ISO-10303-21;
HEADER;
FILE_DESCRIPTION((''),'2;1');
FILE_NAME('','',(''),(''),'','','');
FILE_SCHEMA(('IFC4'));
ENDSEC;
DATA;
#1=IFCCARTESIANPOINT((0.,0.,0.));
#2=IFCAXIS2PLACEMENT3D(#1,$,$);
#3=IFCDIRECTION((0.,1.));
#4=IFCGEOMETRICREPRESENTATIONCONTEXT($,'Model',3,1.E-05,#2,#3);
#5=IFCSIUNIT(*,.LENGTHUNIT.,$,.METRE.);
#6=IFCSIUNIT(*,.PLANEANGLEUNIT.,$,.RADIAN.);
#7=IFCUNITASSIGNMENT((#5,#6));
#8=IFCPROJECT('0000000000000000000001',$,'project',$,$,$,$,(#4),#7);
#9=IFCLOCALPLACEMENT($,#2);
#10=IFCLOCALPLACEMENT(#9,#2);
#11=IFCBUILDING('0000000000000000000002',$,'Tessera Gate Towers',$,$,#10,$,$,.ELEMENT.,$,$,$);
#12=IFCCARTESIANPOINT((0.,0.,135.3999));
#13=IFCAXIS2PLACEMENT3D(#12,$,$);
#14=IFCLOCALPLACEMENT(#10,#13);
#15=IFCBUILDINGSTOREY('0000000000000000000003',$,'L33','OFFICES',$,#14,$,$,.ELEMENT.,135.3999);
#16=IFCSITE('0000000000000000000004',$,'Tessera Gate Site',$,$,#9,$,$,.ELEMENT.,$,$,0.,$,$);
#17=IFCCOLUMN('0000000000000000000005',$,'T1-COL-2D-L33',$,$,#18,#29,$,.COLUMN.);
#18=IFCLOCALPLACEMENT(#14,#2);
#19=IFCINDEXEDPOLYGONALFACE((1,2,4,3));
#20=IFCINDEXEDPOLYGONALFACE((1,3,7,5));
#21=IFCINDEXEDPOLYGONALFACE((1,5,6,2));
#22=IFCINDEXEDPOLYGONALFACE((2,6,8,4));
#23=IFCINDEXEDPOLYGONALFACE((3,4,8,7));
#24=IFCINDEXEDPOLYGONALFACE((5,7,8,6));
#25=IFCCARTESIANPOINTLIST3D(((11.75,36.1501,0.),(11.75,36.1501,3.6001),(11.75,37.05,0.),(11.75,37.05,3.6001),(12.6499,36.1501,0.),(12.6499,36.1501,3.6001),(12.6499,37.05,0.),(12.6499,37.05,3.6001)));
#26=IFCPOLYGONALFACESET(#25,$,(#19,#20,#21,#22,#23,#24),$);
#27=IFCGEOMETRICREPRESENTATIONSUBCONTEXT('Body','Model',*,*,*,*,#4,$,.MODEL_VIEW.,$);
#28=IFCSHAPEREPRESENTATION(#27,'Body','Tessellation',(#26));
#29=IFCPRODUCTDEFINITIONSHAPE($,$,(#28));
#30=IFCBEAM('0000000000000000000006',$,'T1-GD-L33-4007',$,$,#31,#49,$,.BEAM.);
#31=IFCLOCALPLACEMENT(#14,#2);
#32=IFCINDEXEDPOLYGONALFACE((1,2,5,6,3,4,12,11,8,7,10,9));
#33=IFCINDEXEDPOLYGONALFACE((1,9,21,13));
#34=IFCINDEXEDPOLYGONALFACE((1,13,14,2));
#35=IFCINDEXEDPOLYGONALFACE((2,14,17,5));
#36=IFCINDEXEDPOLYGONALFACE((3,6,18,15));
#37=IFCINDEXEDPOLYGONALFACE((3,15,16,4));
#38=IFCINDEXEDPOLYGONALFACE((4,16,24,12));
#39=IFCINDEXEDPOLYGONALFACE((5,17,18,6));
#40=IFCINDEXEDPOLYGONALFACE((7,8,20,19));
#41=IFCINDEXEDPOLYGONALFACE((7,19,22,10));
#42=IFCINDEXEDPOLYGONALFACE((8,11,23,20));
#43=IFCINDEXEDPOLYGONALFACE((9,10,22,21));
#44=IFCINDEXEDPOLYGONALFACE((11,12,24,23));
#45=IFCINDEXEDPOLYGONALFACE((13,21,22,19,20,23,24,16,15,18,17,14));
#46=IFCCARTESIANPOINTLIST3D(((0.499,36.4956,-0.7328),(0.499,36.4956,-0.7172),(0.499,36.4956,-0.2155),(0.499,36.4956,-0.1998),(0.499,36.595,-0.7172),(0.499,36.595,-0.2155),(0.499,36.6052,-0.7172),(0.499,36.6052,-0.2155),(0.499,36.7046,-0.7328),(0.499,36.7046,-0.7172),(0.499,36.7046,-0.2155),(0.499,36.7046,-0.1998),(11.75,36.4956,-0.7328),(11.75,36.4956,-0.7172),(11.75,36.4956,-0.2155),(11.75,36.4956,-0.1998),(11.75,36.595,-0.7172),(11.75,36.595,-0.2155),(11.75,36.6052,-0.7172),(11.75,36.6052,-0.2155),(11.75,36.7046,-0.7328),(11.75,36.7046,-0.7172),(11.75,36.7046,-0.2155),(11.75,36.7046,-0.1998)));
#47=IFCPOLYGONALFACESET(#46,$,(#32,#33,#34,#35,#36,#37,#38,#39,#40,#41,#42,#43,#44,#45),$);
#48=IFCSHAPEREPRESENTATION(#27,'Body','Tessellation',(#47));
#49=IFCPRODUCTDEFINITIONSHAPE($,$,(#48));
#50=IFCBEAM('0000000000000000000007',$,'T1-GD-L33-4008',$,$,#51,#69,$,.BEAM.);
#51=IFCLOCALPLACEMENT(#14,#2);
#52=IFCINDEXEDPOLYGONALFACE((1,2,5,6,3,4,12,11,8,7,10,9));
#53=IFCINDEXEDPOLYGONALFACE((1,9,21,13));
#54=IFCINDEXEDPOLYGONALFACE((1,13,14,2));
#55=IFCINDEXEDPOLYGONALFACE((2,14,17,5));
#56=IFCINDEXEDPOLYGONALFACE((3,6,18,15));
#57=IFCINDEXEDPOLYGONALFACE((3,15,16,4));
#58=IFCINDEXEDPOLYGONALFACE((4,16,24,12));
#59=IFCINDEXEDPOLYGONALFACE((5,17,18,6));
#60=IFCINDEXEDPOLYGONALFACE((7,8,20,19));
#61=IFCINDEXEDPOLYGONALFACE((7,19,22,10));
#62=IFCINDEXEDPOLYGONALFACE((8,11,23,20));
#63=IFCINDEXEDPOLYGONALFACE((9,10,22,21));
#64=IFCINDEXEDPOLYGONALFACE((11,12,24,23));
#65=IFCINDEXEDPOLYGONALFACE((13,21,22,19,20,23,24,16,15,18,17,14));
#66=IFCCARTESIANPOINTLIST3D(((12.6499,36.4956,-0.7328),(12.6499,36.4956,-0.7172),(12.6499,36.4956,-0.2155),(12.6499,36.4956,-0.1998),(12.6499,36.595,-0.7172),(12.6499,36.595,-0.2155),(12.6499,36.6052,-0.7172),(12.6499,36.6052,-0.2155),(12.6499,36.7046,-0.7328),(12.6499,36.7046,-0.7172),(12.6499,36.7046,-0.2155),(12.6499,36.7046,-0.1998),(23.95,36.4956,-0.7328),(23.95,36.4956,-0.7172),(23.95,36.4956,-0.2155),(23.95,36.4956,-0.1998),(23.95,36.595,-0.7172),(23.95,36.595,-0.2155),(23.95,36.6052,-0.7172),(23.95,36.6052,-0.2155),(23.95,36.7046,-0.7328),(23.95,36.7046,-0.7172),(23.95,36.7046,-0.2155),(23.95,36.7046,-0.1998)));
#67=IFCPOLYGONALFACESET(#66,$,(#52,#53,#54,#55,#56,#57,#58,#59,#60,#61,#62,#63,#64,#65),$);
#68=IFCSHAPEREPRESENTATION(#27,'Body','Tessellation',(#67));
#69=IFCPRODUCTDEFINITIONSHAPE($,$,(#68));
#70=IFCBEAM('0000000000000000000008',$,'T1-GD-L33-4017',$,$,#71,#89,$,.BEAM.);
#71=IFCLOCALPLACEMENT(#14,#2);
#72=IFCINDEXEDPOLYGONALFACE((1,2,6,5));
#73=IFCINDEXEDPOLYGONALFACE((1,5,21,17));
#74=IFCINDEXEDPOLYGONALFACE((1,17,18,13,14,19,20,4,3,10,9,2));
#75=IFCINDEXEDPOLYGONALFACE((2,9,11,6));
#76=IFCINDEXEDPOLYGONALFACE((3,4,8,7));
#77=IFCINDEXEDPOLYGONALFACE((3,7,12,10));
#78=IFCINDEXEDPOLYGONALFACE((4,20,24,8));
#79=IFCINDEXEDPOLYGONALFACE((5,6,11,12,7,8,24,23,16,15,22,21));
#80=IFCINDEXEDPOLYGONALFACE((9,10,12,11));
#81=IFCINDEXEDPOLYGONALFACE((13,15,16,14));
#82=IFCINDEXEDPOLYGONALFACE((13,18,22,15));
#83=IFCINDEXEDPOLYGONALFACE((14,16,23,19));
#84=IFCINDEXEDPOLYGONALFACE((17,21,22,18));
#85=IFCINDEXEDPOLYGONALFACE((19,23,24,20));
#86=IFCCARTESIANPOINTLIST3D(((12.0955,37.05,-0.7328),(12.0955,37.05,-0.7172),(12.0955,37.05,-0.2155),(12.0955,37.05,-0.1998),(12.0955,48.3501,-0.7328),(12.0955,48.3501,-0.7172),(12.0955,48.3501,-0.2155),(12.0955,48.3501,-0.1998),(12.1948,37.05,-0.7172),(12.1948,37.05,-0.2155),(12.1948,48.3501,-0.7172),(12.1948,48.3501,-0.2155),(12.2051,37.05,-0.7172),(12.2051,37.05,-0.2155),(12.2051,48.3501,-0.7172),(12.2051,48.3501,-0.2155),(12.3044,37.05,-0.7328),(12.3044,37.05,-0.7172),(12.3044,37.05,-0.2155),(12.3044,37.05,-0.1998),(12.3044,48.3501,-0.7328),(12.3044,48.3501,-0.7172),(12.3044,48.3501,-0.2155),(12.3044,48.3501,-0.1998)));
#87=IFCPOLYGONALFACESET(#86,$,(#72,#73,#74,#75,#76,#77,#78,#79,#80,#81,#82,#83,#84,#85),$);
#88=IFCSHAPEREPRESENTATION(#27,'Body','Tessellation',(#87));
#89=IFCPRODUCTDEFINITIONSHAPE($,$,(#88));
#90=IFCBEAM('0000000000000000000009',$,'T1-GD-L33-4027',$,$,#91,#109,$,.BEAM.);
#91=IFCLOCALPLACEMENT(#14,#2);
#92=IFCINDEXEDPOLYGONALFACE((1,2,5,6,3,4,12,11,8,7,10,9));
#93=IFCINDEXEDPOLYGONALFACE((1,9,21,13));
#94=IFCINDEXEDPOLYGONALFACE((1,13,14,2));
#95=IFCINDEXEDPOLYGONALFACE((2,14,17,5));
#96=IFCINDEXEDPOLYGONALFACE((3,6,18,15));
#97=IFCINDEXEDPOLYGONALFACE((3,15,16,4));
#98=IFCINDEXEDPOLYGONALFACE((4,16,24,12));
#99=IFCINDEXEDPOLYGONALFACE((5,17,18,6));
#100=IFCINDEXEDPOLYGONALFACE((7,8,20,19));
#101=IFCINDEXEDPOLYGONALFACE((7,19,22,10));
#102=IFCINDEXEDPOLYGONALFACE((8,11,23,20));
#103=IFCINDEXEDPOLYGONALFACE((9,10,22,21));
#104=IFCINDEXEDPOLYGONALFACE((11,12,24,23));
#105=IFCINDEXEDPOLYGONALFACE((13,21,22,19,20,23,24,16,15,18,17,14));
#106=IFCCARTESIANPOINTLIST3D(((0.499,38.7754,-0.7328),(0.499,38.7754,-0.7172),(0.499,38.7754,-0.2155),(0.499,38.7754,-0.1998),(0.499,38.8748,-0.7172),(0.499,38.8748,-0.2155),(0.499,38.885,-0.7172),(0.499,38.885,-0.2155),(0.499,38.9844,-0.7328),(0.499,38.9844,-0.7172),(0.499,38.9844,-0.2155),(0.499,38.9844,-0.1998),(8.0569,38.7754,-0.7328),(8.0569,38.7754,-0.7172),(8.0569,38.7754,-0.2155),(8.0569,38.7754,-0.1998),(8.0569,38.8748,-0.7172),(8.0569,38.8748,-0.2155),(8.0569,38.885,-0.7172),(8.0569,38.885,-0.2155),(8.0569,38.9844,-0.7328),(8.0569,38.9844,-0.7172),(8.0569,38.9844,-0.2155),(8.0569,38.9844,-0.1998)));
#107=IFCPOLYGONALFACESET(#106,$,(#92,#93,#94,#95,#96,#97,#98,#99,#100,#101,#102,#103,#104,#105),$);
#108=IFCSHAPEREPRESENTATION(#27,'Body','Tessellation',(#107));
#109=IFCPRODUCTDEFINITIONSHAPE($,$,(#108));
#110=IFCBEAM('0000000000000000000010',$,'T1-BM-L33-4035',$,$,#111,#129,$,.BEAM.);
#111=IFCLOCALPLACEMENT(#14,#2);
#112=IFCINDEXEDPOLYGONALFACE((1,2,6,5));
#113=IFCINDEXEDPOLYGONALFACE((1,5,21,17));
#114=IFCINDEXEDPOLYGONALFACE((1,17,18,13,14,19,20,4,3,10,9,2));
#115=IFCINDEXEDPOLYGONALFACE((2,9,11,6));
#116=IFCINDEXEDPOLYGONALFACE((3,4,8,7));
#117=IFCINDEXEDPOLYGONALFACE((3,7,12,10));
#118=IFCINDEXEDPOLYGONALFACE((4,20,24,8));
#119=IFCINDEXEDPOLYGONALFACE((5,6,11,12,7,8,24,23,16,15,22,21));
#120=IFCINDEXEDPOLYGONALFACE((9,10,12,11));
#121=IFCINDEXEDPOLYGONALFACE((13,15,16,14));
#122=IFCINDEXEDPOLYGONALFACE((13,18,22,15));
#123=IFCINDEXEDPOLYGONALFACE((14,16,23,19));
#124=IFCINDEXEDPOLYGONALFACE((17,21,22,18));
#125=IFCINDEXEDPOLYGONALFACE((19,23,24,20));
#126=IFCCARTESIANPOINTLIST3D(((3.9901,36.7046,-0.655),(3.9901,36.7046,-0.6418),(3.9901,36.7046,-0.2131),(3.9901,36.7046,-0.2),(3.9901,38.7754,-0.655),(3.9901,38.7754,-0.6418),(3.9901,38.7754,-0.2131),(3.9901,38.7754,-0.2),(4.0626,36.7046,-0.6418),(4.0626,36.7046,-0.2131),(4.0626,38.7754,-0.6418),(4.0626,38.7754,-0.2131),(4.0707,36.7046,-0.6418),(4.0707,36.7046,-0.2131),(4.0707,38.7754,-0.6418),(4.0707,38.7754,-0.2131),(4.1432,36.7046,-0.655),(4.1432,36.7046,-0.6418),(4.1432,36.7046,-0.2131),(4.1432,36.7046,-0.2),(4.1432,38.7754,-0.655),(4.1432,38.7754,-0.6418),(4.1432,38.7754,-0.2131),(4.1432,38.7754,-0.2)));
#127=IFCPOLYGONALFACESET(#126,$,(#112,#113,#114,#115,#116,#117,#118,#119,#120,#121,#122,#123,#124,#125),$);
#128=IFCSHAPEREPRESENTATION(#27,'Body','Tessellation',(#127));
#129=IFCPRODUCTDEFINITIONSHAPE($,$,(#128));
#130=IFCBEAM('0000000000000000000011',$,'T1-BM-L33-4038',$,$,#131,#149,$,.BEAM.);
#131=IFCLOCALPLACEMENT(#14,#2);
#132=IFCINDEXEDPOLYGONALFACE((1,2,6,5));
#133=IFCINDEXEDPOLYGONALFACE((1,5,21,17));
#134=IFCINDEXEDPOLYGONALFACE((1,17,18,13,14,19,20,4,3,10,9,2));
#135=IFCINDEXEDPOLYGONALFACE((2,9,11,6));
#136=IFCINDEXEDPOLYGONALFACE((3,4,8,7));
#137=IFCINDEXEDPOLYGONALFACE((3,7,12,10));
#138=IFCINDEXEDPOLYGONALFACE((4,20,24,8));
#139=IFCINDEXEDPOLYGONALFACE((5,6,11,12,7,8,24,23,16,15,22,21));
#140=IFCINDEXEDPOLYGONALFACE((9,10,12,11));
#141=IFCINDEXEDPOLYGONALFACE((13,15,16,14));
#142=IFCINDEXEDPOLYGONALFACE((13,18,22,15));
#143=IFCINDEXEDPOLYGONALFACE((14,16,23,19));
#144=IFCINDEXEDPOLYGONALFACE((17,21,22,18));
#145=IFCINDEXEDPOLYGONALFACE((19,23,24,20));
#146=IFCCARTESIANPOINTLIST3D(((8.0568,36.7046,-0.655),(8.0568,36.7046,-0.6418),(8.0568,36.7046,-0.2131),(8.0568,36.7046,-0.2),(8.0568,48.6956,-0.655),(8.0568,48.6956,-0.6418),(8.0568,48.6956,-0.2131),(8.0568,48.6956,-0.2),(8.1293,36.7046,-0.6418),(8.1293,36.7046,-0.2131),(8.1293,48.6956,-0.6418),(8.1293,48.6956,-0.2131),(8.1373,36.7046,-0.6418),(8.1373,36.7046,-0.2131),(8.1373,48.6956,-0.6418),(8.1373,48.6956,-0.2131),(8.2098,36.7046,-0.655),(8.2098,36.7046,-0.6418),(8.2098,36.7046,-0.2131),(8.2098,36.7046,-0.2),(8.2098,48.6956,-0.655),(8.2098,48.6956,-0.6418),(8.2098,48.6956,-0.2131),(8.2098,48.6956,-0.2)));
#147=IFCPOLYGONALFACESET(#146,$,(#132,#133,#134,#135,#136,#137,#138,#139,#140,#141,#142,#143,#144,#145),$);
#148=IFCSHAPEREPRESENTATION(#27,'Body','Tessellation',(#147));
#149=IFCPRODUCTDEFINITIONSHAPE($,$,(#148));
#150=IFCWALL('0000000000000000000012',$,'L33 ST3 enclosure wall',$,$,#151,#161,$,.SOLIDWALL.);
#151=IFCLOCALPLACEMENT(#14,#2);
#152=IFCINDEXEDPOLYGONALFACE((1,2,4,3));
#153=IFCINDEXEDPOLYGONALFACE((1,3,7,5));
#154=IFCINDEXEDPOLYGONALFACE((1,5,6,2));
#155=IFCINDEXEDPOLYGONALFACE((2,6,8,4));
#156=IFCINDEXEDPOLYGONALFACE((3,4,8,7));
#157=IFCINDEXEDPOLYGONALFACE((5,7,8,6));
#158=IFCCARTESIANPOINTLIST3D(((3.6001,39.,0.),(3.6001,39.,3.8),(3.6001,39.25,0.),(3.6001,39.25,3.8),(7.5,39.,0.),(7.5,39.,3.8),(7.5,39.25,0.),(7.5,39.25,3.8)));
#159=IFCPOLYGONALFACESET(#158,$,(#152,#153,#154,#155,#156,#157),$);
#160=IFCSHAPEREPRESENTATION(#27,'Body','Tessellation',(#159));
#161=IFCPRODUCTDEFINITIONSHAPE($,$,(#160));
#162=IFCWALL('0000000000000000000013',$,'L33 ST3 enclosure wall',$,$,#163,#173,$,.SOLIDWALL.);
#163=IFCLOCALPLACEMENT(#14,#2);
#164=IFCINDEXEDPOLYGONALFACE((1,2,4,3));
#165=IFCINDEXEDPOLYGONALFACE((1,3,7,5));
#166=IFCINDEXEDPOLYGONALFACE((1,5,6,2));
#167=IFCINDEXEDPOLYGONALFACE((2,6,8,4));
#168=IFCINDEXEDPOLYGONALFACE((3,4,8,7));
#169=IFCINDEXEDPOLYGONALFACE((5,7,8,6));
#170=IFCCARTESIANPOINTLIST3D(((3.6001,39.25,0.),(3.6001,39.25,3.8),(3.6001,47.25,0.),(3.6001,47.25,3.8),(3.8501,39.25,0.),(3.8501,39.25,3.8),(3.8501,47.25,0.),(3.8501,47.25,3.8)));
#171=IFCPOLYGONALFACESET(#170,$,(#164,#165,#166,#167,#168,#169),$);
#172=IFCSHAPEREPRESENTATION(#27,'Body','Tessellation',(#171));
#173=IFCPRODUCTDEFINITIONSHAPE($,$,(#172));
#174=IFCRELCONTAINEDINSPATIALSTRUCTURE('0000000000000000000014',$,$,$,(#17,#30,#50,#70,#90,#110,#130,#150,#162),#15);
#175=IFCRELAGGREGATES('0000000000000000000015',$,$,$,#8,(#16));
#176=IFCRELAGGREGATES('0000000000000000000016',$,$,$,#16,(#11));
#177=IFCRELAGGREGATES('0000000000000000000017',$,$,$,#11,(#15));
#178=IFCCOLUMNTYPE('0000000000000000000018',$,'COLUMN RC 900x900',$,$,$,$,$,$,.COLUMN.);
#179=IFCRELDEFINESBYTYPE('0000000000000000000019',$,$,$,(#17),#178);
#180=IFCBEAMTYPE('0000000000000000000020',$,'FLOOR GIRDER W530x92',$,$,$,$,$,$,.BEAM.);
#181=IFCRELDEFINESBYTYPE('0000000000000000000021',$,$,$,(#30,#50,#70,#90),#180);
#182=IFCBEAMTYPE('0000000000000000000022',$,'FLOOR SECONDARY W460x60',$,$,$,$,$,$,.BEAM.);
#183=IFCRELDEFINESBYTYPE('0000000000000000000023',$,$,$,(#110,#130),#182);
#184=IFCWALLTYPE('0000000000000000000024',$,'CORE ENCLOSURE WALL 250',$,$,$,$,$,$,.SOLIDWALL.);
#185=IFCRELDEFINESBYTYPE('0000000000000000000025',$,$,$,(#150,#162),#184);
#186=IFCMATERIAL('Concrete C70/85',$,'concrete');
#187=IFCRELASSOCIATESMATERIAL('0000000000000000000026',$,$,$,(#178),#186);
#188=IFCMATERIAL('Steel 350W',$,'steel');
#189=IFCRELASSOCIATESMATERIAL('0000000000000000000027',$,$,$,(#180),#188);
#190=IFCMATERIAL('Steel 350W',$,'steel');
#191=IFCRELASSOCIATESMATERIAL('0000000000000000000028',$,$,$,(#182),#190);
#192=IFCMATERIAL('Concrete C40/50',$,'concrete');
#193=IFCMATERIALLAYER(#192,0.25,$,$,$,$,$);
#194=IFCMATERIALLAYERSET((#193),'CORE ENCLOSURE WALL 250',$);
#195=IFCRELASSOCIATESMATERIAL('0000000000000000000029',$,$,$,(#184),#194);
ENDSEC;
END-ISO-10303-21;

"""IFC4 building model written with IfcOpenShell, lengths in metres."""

from ifc_helpers import new_model, si_unit, direction, frame, frame_2d, origin, origin_2d, place, context, subcontext, project, spatial, rectangle, i_section, extrude, material, layer, layer_set, material_profile, profile_set, type_object, element, save


model = new_model("IFC4")

# Units and contexts
model_context = context("Model", 3, precision=1e-05, world=origin(), true_north=direction((0.0, 1.0)))
body_context = subcontext(model_context, "Body", "Model", "MODEL_VIEW")
ifc_project = project(units=[si_unit("LENGTHUNIT", "METRE"), si_unit("PLANEANGLEUNIT", "RADIAN")], contexts=[model_context])

# Site, building, storey
site_placement = place(None, origin())
site = spatial("IfcSite", under=ifc_project, at=site_placement, Name="Tessera Gate Site", CompositionType="ELEMENT", RefElevation=0.0)
building_placement = place(site_placement, origin())
building = spatial("IfcBuilding", under=site, at=building_placement, Name="Tessera Gate Towers", CompositionType="ELEMENT")
storey_placement = place(building_placement, frame((0.0, 0.0, 135.3999)))
storey = spatial("IfcBuildingStorey", under=building, at=storey_placement, Name="L33", Description="OFFICES", CompositionType="ELEMENT", Elevation=135.3999)

# Column
ifc_material_1 = material(Name="Concrete C70/85", Category="concrete")
ifc_material_profile_1 = material_profile(ifc_material_1, rectangle(XDim=0.8999, YDim=0.8999, at=origin_2d()), Name="RC 900x900")
ifc_profile_set_1 = profile_set([ifc_material_profile_1], Name="Concrete C70/85")
column_type = type_object("IfcColumnType", Name="COLUMN RC 900x900", PredefinedType="COLUMN", material=ifc_profile_set_1)
column_placement = place(storey_placement, frame((12.2, 36.6001, 0.0), z_axis=(0.0, 0.0, 1.0), x_axis=(1.0, 0.0, 0.0)))
element("IfcColumn", 1, at=column_placement, inside=storey, type_object=column_type, Name="T1-COL-2D-L33", PredefinedType="COLUMN", context=body_context, shape_type="SweptSolid", body=[
    extrude(rectangle(XDim=0.8999, YDim=0.8999, at=origin_2d()), origin(), (0.0, 0.0, 1.0), 3.6001),
])

# Beams
ifc_material_2 = material(Name="Steel 350W", Category="steel")
ifc_material_profile_2 = material_profile(ifc_material_2, i_section(OverallWidth=0.209, OverallDepth=0.533, WebThickness=0.0103, FlangeThickness=0.0156, at=origin_2d()), Name="W530x92")
ifc_profile_set_2 = profile_set([ifc_material_profile_2], Name="Steel 350W")
beam_type_1 = type_object("IfcBeamType", Name="FLOOR GIRDER W530x92", PredefinedType="BEAM", material=ifc_profile_set_2)
beam_1_placement = place(storey_placement, frame((0.499, 36.6001, -0.4663), z_axis=(1.0, 0.0, 0.0), x_axis=(0.0, 1.0, 0.0)))
element("IfcBeam", 2, at=beam_1_placement, inside=storey, type_object=beam_type_1, Name="T1-GD-L33-4007", PredefinedType="BEAM", context=body_context, shape_type="SweptSolid", body=[
    extrude(i_section(OverallWidth=0.209, OverallDepth=0.533, WebThickness=0.0103, FlangeThickness=0.0156, at=origin_2d()), origin(), (0.0, 0.0, 1.0), 11.251),
])
for number, where, z_axis, x_axis, name in (
    (3, (12.6499, 36.6001, -0.4663), (1.0, 0.0, 0.0), (0.0, 1.0, 0.0), "T1-GD-L33-4008"),
    (4, (12.2, 37.05, -0.4663), (0.0, 1.0, 0.0), (-1.0, 0.0, 0.0), "T1-GD-L33-4017"),
):
    element("IfcBeam", number, at=place(storey_placement, frame(where, z_axis=z_axis, x_axis=x_axis)), inside=storey, type_object=beam_type_1, Name=name, PredefinedType="BEAM", context=body_context, shape_type="SweptSolid", body=[
        extrude(i_section(OverallWidth=0.209, OverallDepth=0.533, WebThickness=0.0103, FlangeThickness=0.0156, at=origin_2d()), origin(), (0.0, 0.0, 1.0), 11.3),
    ])
beam_2_placement = place(storey_placement, frame((0.499, 38.8799, -0.4663), z_axis=(1.0, 0.0, 0.0), x_axis=(0.0, 1.0, 0.0)))
element("IfcBeam", 5, at=beam_2_placement, inside=storey, type_object=beam_type_1, Name="T1-GD-L33-4027", PredefinedType="BEAM", context=body_context, shape_type="SweptSolid", body=[
    extrude(i_section(OverallWidth=0.209, OverallDepth=0.533, WebThickness=0.0103, FlangeThickness=0.0156, at=origin_2d()), origin(), (0.0, 0.0, 1.0), 7.5579),
])
ifc_material_3 = material(Name="Steel 350W", Category="steel")
ifc_material_profile_3 = material_profile(ifc_material_3, i_section(OverallWidth=0.1531, OverallDepth=0.4551, WebThickness=0.0081, FlangeThickness=0.0132, at=origin_2d()), Name="W460x60")
ifc_profile_set_3 = profile_set([ifc_material_profile_3], Name="Steel 350W")
beam_type_2 = type_object("IfcBeamType", Name="FLOOR SECONDARY W460x60", PredefinedType="BEAM", material=ifc_profile_set_3)
beam_3_placement = place(storey_placement, frame((4.0667, 36.7046, -0.4275), z_axis=(0.0, 1.0, 0.0), x_axis=(-1.0, 0.0, 0.0)))
element("IfcBeam", 6, at=beam_3_placement, inside=storey, type_object=beam_type_2, Name="T1-BM-L33-4035", PredefinedType="BEAM", context=body_context, shape_type="SweptSolid", body=[
    extrude(i_section(OverallWidth=0.1531, OverallDepth=0.4551, WebThickness=0.0081, FlangeThickness=0.0132, at=origin_2d()), origin(), (0.0, 0.0, 1.0), 2.0708),
])
beam_4_placement = place(storey_placement, frame((8.1333, 36.7046, -0.4275), z_axis=(0.0, 1.0, 0.0), x_axis=(-1.0, 0.0, 0.0)))
element("IfcBeam", 7, at=beam_4_placement, inside=storey, type_object=beam_type_2, Name="T1-BM-L33-4038", PredefinedType="BEAM", context=body_context, shape_type="SweptSolid", body=[
    extrude(i_section(OverallWidth=0.1531, OverallDepth=0.4551, WebThickness=0.0081, FlangeThickness=0.0132, at=origin_2d()), origin(), (0.0, 0.0, 1.0), 11.991),
])

# Walls
ifc_material_4 = material(Name="Concrete C40/50", Category="concrete")
ifc_layer_1 = layer(ifc_material_4, 0.25)
ifc_layer_set_1 = layer_set([ifc_layer_1], Name="CORE ENCLOSURE WALL 250")
wall_type_1 = type_object("IfcWallType", Name="CORE ENCLOSURE WALL 250", PredefinedType="SOLIDWALL", material=ifc_layer_set_1)
wall_1_placement = place(storey_placement, frame((7.5, 39.125, 0.0), z_axis=(0.0, 0.0, 1.0), x_axis=(-1.0, 0.0, 0.0)))
element("IfcWall", 8, at=wall_1_placement, inside=storey, type_object=wall_type_1, Name="L33 ST3 enclosure wall", PredefinedType="SOLIDWALL", context=body_context, shape_type="SweptSolid", body=[
    extrude(rectangle(XDim=3.8999, YDim=0.25, at=frame_2d((1.95, 0.0))), origin(), (0.0, 0.0, 1.0), 3.8),
])
wall_2_placement = place(storey_placement, frame((3.7251, 39.25, 0.0), z_axis=(0.0, 0.0, 1.0), x_axis=(0.0, 1.0, 0.0)))
element("IfcWall", 9, at=wall_2_placement, inside=storey, type_object=wall_type_1, Name="L33 ST3 enclosure wall", PredefinedType="SOLIDWALL", context=body_context, shape_type="SweptSolid", body=[
    extrude(rectangle(XDim=8.0, YDim=0.25, at=frame_2d((4.0, 0.0))), origin(), (0.0, 0.0, 1.0), 3.8),
])

save(model, "model.ifc")
